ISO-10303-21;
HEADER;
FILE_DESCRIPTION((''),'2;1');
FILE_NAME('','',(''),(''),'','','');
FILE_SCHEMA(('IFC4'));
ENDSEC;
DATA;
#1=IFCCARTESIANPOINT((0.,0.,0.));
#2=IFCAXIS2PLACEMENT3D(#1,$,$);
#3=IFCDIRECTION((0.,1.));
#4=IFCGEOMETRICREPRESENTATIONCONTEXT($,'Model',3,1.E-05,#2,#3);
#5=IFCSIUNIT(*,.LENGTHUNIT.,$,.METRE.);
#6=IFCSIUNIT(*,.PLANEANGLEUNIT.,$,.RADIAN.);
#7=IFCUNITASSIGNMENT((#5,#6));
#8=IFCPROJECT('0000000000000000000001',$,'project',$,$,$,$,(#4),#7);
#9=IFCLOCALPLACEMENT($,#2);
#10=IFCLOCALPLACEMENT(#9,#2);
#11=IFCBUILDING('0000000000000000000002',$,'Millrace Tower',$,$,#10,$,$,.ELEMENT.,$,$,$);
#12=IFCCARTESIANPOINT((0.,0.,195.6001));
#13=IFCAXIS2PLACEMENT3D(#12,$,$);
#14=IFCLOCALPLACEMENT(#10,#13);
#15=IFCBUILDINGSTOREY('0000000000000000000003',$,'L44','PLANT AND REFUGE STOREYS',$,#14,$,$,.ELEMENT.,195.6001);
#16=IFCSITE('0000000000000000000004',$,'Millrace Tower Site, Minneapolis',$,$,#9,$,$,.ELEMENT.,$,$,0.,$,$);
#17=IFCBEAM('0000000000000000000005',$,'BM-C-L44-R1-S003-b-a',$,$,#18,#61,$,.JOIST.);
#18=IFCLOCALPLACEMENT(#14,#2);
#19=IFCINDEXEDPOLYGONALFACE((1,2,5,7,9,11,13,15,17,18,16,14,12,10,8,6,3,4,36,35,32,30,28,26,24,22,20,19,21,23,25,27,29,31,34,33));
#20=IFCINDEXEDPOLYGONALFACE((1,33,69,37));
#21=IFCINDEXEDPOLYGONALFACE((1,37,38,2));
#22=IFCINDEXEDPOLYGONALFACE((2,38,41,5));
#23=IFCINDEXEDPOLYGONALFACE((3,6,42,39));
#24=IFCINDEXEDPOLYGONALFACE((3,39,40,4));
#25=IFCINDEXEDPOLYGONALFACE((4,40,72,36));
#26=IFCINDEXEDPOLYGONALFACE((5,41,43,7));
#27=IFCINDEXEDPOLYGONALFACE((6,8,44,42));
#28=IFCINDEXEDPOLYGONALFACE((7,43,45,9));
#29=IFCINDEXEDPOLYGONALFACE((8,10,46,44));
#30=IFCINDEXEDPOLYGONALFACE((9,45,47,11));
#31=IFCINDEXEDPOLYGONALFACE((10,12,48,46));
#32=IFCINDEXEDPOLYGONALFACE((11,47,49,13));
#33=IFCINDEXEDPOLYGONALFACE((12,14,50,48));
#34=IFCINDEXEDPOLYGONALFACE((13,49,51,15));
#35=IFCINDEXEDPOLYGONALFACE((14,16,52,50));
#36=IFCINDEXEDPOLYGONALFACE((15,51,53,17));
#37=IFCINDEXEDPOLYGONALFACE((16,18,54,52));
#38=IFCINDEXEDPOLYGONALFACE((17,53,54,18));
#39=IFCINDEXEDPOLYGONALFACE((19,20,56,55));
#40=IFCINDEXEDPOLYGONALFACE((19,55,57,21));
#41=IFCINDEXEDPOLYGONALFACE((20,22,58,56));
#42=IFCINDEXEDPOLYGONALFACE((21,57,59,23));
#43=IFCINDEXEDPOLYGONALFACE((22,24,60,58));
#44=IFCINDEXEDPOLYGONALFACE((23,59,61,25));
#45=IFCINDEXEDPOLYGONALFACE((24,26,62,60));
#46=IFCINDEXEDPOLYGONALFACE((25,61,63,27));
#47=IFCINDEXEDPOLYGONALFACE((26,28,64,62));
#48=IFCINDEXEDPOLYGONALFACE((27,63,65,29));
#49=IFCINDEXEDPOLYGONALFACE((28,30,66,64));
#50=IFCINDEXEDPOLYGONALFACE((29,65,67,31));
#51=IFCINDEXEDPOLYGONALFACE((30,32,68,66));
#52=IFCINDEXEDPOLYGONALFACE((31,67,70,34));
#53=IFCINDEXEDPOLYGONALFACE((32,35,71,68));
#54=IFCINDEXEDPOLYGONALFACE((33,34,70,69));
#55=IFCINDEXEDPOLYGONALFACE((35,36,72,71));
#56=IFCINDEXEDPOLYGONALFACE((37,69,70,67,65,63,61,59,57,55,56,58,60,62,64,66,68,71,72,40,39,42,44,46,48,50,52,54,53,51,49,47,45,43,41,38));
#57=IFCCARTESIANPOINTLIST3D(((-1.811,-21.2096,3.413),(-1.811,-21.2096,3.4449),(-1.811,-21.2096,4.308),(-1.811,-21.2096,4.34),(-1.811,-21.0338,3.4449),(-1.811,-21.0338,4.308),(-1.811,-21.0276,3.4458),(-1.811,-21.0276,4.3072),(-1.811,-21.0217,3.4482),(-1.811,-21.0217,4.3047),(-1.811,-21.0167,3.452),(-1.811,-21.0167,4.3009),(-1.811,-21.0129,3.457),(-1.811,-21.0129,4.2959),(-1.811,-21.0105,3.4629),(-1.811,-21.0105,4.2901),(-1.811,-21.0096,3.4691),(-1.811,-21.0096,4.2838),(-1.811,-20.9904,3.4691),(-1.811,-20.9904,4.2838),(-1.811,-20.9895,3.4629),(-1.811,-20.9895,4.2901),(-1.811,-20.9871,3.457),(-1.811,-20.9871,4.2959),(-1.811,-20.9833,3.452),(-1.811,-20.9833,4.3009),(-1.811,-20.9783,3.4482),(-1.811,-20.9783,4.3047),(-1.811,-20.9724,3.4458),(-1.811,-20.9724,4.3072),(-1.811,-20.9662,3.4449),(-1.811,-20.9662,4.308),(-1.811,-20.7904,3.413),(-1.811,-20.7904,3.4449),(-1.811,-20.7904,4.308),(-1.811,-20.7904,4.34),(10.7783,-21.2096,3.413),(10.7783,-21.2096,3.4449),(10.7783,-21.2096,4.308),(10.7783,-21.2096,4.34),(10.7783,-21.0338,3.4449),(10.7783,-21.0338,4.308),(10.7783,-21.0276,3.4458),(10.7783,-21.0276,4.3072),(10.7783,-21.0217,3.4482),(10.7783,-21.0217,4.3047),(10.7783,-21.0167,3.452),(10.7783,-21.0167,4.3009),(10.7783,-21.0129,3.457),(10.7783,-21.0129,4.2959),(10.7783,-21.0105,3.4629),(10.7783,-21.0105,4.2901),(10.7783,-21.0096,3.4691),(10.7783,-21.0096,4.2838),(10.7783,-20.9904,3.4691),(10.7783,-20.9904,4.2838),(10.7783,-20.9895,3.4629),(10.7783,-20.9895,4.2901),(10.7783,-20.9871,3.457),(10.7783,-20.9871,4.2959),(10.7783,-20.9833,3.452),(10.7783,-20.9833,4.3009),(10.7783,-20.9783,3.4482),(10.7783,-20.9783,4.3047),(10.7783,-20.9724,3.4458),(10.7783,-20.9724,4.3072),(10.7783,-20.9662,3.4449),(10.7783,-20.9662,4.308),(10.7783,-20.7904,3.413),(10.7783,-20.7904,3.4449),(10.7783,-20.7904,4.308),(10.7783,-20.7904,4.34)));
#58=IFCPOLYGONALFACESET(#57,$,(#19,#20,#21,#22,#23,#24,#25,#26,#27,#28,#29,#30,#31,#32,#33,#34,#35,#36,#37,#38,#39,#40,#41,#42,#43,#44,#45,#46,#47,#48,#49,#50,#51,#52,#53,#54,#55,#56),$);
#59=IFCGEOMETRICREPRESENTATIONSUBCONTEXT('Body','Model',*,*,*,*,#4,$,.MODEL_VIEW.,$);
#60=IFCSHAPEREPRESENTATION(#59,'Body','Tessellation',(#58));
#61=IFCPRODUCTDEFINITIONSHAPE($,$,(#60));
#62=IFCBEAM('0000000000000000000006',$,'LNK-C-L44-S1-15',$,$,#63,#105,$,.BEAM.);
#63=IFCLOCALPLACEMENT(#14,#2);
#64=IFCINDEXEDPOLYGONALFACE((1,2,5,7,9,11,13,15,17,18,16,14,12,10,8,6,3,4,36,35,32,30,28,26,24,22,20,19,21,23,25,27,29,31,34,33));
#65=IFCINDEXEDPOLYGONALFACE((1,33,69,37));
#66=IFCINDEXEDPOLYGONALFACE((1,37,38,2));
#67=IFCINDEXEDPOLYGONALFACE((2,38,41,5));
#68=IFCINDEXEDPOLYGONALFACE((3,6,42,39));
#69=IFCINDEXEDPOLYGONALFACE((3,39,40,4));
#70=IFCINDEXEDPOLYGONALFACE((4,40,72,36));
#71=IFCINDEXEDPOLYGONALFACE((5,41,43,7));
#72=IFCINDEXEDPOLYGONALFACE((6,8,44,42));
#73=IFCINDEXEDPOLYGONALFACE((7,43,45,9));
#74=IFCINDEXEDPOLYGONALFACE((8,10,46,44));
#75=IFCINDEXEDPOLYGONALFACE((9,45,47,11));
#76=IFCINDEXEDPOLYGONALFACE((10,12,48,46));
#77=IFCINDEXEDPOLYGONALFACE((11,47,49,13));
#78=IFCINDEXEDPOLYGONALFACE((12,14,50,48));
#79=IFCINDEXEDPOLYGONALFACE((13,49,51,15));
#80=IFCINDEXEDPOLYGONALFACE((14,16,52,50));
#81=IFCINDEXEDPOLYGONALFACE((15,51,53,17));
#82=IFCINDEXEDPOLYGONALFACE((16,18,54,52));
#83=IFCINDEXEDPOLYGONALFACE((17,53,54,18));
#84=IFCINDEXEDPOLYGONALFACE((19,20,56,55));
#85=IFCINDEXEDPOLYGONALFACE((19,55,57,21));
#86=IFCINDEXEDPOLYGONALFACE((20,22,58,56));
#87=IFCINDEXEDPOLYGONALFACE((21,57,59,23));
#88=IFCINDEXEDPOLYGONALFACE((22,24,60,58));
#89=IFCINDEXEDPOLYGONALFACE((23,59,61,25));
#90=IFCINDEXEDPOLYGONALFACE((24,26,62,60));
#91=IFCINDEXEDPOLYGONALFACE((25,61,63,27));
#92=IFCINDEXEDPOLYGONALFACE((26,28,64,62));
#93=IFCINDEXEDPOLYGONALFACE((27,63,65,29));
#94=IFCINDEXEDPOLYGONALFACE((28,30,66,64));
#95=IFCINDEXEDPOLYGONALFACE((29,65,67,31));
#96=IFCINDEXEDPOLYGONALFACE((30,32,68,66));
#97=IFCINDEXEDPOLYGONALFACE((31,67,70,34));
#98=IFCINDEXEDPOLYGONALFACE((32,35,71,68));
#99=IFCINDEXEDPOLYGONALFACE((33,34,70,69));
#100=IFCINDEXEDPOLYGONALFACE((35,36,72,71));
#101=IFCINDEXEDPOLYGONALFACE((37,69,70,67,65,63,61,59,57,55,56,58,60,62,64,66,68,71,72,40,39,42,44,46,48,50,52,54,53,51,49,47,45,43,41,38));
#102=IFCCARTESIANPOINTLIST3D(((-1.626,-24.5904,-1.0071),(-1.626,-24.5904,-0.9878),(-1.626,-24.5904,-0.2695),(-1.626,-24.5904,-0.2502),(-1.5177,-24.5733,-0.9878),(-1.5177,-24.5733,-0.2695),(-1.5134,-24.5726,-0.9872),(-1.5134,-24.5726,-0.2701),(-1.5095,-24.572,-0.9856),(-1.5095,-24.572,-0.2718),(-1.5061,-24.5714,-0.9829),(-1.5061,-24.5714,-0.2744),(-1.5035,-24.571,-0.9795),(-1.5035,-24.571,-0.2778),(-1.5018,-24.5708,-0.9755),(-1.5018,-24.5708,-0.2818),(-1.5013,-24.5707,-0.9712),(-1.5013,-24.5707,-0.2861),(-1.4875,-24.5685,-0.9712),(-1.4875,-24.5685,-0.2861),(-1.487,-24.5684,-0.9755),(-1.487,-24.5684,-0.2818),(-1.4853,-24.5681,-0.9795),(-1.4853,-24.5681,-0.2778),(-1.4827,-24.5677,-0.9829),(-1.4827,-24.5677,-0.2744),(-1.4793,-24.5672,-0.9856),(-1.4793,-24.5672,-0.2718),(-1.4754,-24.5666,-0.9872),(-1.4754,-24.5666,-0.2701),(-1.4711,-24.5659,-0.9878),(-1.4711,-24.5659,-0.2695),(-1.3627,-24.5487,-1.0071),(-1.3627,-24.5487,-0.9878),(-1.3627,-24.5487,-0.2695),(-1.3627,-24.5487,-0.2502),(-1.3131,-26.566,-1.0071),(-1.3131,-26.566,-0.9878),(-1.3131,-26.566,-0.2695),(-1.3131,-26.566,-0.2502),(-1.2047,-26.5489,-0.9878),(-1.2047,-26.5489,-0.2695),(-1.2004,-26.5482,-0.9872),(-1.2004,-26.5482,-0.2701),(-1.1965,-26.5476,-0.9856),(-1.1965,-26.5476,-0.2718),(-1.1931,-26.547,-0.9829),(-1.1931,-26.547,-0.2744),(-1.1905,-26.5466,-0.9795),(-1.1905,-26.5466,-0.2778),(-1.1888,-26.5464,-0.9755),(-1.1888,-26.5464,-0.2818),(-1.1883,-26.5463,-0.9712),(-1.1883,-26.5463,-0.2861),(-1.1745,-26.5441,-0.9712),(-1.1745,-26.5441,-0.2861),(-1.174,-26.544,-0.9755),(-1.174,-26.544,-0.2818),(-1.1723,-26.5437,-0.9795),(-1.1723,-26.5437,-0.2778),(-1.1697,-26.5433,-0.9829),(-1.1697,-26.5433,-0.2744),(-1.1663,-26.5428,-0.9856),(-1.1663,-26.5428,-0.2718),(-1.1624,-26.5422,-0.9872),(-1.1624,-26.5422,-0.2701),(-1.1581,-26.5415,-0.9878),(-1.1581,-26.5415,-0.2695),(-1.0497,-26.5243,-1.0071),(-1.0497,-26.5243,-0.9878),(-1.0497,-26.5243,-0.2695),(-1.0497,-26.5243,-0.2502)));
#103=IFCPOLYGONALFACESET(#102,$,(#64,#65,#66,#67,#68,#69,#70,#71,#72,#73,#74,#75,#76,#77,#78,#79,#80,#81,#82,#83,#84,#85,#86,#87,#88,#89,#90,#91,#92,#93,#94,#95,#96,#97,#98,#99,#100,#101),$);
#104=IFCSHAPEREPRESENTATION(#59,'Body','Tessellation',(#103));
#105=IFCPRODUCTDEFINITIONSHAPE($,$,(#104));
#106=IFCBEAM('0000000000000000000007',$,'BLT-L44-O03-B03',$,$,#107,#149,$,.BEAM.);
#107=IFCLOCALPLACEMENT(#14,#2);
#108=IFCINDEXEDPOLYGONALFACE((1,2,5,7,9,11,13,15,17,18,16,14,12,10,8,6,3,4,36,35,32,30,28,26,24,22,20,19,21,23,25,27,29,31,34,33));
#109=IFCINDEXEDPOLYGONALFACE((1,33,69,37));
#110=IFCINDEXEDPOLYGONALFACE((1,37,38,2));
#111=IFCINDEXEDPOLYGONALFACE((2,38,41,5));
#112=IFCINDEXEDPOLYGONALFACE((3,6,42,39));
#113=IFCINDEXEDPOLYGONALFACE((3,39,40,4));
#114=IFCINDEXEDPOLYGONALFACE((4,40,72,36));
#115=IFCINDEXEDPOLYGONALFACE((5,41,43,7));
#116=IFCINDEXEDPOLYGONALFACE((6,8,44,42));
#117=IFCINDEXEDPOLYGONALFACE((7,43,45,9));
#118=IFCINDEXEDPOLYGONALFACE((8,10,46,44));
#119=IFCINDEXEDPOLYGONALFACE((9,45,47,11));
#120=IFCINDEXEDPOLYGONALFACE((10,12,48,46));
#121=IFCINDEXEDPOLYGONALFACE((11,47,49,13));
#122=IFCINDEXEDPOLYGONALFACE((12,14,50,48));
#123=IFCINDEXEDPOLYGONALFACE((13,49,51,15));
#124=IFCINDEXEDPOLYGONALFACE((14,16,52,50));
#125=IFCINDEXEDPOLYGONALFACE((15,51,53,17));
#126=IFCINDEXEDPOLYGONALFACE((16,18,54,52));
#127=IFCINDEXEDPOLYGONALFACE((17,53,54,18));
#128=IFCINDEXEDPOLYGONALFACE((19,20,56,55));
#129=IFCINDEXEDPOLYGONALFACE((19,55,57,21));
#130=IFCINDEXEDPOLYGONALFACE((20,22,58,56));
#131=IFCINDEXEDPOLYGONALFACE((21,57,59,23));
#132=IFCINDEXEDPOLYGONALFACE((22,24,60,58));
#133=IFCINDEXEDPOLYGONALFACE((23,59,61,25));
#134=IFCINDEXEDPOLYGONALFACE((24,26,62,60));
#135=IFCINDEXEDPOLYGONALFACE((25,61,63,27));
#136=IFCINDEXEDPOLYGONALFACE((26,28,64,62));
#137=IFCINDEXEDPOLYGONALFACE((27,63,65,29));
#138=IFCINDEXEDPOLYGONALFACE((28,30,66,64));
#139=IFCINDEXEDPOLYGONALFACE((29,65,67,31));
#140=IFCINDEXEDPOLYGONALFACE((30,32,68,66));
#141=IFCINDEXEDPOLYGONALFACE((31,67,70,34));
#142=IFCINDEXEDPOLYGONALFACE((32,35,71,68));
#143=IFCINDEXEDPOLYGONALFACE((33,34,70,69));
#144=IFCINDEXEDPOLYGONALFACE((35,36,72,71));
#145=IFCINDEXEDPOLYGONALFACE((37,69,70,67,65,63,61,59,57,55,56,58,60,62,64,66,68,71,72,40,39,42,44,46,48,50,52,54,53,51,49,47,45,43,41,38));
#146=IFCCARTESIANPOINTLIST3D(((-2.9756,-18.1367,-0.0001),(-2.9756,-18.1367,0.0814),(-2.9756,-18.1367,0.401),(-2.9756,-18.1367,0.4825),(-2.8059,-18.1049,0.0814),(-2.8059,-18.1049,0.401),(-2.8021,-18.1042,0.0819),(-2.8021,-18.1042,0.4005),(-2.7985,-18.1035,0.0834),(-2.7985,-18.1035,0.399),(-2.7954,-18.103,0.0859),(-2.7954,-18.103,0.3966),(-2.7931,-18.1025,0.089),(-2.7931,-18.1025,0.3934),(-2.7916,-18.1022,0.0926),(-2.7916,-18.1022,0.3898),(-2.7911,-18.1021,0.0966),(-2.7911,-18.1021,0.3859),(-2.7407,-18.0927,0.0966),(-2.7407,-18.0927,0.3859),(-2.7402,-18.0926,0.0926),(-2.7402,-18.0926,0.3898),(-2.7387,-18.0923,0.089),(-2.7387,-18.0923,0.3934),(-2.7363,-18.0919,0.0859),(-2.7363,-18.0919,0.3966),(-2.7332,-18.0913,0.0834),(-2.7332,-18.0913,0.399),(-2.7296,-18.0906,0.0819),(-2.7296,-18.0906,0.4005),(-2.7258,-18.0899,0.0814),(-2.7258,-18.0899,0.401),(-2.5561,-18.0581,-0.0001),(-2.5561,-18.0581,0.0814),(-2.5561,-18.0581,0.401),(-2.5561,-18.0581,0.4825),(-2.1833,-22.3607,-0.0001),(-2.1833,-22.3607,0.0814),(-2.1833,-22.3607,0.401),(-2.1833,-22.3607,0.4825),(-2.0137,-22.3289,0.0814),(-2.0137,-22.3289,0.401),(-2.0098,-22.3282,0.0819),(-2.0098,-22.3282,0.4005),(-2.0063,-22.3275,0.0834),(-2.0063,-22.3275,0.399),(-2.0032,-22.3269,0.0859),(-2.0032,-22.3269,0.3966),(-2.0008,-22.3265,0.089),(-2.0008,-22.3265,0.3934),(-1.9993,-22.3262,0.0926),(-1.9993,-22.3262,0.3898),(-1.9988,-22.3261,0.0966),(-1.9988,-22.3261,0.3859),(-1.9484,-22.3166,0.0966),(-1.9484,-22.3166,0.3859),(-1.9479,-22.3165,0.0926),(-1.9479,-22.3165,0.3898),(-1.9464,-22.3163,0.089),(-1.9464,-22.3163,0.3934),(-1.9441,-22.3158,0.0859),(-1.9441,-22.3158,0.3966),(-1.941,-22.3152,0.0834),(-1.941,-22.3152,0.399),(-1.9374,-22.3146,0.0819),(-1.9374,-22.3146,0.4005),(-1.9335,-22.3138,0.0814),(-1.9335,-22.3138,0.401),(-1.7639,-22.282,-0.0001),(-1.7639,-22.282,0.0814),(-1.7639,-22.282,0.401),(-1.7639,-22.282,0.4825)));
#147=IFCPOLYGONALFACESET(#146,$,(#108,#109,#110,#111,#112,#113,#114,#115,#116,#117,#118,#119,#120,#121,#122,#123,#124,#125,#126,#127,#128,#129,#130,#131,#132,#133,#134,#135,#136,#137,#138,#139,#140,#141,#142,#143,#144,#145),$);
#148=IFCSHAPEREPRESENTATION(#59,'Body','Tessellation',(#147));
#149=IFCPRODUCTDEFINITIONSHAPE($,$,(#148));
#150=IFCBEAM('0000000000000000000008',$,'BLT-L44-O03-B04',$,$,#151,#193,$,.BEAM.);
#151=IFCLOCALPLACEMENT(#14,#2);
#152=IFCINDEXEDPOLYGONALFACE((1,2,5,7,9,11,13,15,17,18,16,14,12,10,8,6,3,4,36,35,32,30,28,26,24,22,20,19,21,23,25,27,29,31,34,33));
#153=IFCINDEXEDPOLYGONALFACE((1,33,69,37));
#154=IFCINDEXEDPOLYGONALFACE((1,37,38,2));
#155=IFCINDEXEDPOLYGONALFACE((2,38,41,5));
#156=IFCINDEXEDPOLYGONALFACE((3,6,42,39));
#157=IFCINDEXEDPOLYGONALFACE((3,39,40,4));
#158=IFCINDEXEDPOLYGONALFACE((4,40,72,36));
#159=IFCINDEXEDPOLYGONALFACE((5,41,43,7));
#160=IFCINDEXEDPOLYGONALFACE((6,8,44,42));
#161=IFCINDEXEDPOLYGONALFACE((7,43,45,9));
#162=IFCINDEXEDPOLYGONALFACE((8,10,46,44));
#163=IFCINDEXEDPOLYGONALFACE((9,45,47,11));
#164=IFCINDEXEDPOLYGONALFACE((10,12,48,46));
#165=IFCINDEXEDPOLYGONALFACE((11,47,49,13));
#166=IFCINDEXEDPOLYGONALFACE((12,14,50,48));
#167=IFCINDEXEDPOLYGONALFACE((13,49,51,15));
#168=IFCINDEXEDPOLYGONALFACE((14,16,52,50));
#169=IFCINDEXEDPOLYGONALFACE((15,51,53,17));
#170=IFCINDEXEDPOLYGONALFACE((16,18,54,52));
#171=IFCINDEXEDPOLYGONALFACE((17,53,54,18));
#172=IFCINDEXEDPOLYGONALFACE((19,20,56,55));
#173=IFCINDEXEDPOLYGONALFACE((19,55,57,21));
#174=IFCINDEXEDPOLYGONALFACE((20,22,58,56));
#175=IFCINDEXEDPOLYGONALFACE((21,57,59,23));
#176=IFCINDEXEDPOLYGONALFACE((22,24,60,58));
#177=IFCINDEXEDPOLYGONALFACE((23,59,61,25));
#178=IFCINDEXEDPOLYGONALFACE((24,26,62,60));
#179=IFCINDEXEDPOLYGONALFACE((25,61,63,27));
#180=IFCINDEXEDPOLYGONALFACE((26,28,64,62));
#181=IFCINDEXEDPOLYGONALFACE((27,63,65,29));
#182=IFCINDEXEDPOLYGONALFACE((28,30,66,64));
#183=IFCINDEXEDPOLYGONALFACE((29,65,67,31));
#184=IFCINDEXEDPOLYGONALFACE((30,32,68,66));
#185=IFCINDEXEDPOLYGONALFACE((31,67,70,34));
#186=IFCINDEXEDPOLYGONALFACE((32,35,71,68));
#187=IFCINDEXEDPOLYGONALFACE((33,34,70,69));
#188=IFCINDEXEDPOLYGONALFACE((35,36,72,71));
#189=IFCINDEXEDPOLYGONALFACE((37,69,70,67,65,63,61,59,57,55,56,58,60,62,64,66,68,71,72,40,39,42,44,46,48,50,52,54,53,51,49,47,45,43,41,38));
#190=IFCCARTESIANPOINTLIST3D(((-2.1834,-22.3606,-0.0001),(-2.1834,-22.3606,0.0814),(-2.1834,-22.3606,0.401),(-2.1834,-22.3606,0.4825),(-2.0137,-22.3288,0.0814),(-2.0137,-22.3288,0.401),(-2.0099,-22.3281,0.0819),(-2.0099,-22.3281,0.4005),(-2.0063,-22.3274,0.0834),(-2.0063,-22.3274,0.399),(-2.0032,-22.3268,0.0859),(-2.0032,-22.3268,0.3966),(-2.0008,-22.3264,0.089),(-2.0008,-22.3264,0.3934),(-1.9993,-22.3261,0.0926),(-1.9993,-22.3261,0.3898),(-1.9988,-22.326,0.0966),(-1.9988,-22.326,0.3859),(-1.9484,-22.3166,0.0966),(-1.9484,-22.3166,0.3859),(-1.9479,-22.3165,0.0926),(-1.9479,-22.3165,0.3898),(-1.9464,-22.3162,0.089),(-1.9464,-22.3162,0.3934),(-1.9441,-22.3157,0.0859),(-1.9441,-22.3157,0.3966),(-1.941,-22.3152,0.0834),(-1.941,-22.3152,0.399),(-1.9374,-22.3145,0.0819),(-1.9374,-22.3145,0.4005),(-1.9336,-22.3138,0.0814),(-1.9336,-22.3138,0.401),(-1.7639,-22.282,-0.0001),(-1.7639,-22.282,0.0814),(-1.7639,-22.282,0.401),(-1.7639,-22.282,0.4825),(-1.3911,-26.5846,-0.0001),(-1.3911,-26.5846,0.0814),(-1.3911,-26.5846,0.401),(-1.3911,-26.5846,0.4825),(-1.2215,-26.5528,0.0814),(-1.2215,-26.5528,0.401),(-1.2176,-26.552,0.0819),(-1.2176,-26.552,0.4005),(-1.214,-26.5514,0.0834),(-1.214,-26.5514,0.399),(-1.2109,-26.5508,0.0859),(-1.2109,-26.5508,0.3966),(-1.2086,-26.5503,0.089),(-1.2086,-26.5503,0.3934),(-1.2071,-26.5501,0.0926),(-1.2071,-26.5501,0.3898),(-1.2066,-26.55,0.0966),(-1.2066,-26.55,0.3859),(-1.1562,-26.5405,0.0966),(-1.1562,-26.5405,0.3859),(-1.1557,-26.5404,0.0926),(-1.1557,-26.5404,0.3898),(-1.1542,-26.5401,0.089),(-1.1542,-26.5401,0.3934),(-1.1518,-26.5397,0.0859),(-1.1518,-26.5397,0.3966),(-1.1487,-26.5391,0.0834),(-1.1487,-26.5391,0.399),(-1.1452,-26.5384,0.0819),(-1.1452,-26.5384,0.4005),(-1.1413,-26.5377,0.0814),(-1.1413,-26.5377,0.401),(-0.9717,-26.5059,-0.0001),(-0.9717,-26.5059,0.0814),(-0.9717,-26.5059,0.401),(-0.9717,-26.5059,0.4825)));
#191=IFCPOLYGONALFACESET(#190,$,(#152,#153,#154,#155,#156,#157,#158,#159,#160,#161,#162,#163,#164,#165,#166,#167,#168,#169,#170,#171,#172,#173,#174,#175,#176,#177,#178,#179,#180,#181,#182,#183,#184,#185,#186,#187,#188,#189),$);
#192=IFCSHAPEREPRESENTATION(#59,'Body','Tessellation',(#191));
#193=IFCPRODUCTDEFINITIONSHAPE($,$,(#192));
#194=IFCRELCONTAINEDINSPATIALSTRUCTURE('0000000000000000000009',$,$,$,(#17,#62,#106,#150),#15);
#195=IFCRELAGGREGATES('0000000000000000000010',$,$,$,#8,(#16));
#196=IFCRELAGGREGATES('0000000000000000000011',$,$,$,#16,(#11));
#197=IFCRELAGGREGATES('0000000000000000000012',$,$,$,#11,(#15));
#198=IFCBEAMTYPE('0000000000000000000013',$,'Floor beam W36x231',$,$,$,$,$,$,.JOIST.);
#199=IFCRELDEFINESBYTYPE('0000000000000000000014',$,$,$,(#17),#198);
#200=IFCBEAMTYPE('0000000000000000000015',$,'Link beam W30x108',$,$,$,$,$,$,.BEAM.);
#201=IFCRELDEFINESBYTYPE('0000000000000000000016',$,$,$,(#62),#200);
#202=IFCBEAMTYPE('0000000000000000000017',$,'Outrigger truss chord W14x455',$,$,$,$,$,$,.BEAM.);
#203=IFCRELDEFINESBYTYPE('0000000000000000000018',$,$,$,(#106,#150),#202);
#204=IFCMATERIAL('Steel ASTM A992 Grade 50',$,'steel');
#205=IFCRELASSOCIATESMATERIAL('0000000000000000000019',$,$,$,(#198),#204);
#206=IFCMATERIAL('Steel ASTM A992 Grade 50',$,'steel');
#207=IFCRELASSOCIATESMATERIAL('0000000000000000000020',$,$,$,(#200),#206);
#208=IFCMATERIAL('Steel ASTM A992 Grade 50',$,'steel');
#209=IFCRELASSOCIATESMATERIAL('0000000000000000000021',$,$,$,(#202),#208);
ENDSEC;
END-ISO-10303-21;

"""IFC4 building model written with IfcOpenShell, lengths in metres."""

from ifc_helpers import new_model, si_unit, direction, frame, origin, origin_2d, place, context, subcontext, project, spatial, i_section, extrude, material, material_profile, profile_set, type_object, element, save


model = new_model("IFC4")

# Units and contexts
model_context = context("Model", 3, precision=1e-05, world=origin(), true_north=direction((0.0, 1.0)))
body_context = subcontext(model_context, "Body", "Model", "MODEL_VIEW")
ifc_project = project(units=[si_unit("LENGTHUNIT", "METRE"), si_unit("PLANEANGLEUNIT", "RADIAN")], contexts=[model_context])

# Site, building, storey
site_placement = place(None, origin())
site = spatial("IfcSite", under=ifc_project, at=site_placement, Name="Millrace Tower Site, Minneapolis", CompositionType="ELEMENT", RefElevation=0.0)
building_placement = place(site_placement, origin())
building = spatial("IfcBuilding", under=site, at=building_placement, Name="Millrace Tower", CompositionType="ELEMENT")
storey_placement = place(building_placement, frame((0.0, 0.0, 195.6001)))
storey = spatial("IfcBuildingStorey", under=building, at=storey_placement, Name="L44", Description="PLANT AND REFUGE STOREYS", CompositionType="ELEMENT", Elevation=195.6001)

# Beams
ifc_material_1 = material(Name="Steel ASTM A992 Grade 50", Category="steel")
ifc_material_profile_1 = material_profile(ifc_material_1, i_section(OverallWidth=0.4192, OverallDepth=0.927, WebThickness=0.0193, FlangeThickness=0.032, FilletRadius=0.0242, at=origin_2d()))
ifc_profile_set_1 = profile_set([ifc_material_profile_1], Name="Steel ASTM A992 Grade 50")
beam_type_1 = type_object("IfcBeamType", Name="Floor beam W36x231", PredefinedType="JOIST", material=ifc_profile_set_1)
beam_1_placement = place(storey_placement, frame((-1.811, -21.0, 3.8765), z_axis=(1.0, 0.0, 0.0), x_axis=(0.0, 1.0, 0.0)))
element("IfcBeam", 1, at=beam_1_placement, inside=storey, type_object=beam_type_1, Name="BM-C-L44-R1-S003-b-a", PredefinedType="JOIST", context=body_context, shape_type="SweptSolid", body=[
    extrude(i_section(OverallWidth=0.4192, OverallDepth=0.927, WebThickness=0.0193, FlangeThickness=0.032, FilletRadius=0.0242, at=origin_2d()), origin(), (0.0, 0.0, 1.0), 12.5894),
])
ifc_material_2 = material(Name="Steel ASTM A992 Grade 50", Category="steel")
ifc_material_profile_2 = material_profile(ifc_material_2, i_section(OverallWidth=0.2666, OverallDepth=0.7568, WebThickness=0.0139, FlangeThickness=0.0193, FilletRadius=0.0166, at=origin_2d()))
ifc_profile_set_2 = profile_set([ifc_material_profile_2], Name="Steel ASTM A992 Grade 50")
beam_type_2 = type_object("IfcBeamType", Name="Link beam W30x108", PredefinedType="BEAM", material=ifc_profile_set_2)
beam_2_placement = place(storey_placement, frame((-1.4944, -24.5696, -0.6287), z_axis=(0.156477, -0.987682, 0.0), x_axis=(0.987682, 0.156477, 0.0)))
element("IfcBeam", 2, at=beam_2_placement, inside=storey, type_object=beam_type_2, Name="LNK-C-L44-S1-15", PredefinedType="BEAM", context=body_context, shape_type="SweptSolid", body=[
    extrude(i_section(OverallWidth=0.2666, OverallDepth=0.7568, WebThickness=0.0139, FlangeThickness=0.0193, FilletRadius=0.0166, at=origin_2d()), origin(), (0.0, 0.0, 1.0), 2.0002),
])
ifc_material_3 = material(Name="Steel ASTM A992 Grade 50", Category="steel")
ifc_material_profile_3 = material_profile(ifc_material_3, i_section(OverallWidth=0.4268, OverallDepth=0.4827, WebThickness=0.0513, FlangeThickness=0.0815, FilletRadius=0.0151, at=origin_2d()))
ifc_profile_set_3 = profile_set([ifc_material_profile_3], Name="Steel ASTM A992 Grade 50")
beam_type_3 = type_object("IfcBeamType", Name="Outrigger truss chord W14x455", PredefinedType="BEAM", material=ifc_profile_set_3)
for number, where, z_axis, x_axis, name in (
    (3, (-2.7659, -18.0974, 0.2412), (0.184347, -0.982861, 0.0), (0.982861, 0.184347, 0.0), "BLT-L44-O03-B03"),
    (4, (-1.9736, -22.3213, 0.2412), (0.184347, -0.982861, 0.0), (0.982861, 0.184347, 0.0), "BLT-L44-O03-B04"),
):
    element("IfcBeam", number, at=place(storey_placement, frame(where, z_axis=z_axis, x_axis=x_axis)), inside=storey, type_object=beam_type_3, Name=name, PredefinedType="BEAM", context=body_context, shape_type="SweptSolid", body=[
        extrude(i_section(OverallWidth=0.4268, OverallDepth=0.4827, WebThickness=0.0513, FlangeThickness=0.0815, FilletRadius=0.0151, at=origin_2d()), origin(), (0.0, 0.0, 1.0), 4.2976),
    ])

save(model, "model.ifc")
